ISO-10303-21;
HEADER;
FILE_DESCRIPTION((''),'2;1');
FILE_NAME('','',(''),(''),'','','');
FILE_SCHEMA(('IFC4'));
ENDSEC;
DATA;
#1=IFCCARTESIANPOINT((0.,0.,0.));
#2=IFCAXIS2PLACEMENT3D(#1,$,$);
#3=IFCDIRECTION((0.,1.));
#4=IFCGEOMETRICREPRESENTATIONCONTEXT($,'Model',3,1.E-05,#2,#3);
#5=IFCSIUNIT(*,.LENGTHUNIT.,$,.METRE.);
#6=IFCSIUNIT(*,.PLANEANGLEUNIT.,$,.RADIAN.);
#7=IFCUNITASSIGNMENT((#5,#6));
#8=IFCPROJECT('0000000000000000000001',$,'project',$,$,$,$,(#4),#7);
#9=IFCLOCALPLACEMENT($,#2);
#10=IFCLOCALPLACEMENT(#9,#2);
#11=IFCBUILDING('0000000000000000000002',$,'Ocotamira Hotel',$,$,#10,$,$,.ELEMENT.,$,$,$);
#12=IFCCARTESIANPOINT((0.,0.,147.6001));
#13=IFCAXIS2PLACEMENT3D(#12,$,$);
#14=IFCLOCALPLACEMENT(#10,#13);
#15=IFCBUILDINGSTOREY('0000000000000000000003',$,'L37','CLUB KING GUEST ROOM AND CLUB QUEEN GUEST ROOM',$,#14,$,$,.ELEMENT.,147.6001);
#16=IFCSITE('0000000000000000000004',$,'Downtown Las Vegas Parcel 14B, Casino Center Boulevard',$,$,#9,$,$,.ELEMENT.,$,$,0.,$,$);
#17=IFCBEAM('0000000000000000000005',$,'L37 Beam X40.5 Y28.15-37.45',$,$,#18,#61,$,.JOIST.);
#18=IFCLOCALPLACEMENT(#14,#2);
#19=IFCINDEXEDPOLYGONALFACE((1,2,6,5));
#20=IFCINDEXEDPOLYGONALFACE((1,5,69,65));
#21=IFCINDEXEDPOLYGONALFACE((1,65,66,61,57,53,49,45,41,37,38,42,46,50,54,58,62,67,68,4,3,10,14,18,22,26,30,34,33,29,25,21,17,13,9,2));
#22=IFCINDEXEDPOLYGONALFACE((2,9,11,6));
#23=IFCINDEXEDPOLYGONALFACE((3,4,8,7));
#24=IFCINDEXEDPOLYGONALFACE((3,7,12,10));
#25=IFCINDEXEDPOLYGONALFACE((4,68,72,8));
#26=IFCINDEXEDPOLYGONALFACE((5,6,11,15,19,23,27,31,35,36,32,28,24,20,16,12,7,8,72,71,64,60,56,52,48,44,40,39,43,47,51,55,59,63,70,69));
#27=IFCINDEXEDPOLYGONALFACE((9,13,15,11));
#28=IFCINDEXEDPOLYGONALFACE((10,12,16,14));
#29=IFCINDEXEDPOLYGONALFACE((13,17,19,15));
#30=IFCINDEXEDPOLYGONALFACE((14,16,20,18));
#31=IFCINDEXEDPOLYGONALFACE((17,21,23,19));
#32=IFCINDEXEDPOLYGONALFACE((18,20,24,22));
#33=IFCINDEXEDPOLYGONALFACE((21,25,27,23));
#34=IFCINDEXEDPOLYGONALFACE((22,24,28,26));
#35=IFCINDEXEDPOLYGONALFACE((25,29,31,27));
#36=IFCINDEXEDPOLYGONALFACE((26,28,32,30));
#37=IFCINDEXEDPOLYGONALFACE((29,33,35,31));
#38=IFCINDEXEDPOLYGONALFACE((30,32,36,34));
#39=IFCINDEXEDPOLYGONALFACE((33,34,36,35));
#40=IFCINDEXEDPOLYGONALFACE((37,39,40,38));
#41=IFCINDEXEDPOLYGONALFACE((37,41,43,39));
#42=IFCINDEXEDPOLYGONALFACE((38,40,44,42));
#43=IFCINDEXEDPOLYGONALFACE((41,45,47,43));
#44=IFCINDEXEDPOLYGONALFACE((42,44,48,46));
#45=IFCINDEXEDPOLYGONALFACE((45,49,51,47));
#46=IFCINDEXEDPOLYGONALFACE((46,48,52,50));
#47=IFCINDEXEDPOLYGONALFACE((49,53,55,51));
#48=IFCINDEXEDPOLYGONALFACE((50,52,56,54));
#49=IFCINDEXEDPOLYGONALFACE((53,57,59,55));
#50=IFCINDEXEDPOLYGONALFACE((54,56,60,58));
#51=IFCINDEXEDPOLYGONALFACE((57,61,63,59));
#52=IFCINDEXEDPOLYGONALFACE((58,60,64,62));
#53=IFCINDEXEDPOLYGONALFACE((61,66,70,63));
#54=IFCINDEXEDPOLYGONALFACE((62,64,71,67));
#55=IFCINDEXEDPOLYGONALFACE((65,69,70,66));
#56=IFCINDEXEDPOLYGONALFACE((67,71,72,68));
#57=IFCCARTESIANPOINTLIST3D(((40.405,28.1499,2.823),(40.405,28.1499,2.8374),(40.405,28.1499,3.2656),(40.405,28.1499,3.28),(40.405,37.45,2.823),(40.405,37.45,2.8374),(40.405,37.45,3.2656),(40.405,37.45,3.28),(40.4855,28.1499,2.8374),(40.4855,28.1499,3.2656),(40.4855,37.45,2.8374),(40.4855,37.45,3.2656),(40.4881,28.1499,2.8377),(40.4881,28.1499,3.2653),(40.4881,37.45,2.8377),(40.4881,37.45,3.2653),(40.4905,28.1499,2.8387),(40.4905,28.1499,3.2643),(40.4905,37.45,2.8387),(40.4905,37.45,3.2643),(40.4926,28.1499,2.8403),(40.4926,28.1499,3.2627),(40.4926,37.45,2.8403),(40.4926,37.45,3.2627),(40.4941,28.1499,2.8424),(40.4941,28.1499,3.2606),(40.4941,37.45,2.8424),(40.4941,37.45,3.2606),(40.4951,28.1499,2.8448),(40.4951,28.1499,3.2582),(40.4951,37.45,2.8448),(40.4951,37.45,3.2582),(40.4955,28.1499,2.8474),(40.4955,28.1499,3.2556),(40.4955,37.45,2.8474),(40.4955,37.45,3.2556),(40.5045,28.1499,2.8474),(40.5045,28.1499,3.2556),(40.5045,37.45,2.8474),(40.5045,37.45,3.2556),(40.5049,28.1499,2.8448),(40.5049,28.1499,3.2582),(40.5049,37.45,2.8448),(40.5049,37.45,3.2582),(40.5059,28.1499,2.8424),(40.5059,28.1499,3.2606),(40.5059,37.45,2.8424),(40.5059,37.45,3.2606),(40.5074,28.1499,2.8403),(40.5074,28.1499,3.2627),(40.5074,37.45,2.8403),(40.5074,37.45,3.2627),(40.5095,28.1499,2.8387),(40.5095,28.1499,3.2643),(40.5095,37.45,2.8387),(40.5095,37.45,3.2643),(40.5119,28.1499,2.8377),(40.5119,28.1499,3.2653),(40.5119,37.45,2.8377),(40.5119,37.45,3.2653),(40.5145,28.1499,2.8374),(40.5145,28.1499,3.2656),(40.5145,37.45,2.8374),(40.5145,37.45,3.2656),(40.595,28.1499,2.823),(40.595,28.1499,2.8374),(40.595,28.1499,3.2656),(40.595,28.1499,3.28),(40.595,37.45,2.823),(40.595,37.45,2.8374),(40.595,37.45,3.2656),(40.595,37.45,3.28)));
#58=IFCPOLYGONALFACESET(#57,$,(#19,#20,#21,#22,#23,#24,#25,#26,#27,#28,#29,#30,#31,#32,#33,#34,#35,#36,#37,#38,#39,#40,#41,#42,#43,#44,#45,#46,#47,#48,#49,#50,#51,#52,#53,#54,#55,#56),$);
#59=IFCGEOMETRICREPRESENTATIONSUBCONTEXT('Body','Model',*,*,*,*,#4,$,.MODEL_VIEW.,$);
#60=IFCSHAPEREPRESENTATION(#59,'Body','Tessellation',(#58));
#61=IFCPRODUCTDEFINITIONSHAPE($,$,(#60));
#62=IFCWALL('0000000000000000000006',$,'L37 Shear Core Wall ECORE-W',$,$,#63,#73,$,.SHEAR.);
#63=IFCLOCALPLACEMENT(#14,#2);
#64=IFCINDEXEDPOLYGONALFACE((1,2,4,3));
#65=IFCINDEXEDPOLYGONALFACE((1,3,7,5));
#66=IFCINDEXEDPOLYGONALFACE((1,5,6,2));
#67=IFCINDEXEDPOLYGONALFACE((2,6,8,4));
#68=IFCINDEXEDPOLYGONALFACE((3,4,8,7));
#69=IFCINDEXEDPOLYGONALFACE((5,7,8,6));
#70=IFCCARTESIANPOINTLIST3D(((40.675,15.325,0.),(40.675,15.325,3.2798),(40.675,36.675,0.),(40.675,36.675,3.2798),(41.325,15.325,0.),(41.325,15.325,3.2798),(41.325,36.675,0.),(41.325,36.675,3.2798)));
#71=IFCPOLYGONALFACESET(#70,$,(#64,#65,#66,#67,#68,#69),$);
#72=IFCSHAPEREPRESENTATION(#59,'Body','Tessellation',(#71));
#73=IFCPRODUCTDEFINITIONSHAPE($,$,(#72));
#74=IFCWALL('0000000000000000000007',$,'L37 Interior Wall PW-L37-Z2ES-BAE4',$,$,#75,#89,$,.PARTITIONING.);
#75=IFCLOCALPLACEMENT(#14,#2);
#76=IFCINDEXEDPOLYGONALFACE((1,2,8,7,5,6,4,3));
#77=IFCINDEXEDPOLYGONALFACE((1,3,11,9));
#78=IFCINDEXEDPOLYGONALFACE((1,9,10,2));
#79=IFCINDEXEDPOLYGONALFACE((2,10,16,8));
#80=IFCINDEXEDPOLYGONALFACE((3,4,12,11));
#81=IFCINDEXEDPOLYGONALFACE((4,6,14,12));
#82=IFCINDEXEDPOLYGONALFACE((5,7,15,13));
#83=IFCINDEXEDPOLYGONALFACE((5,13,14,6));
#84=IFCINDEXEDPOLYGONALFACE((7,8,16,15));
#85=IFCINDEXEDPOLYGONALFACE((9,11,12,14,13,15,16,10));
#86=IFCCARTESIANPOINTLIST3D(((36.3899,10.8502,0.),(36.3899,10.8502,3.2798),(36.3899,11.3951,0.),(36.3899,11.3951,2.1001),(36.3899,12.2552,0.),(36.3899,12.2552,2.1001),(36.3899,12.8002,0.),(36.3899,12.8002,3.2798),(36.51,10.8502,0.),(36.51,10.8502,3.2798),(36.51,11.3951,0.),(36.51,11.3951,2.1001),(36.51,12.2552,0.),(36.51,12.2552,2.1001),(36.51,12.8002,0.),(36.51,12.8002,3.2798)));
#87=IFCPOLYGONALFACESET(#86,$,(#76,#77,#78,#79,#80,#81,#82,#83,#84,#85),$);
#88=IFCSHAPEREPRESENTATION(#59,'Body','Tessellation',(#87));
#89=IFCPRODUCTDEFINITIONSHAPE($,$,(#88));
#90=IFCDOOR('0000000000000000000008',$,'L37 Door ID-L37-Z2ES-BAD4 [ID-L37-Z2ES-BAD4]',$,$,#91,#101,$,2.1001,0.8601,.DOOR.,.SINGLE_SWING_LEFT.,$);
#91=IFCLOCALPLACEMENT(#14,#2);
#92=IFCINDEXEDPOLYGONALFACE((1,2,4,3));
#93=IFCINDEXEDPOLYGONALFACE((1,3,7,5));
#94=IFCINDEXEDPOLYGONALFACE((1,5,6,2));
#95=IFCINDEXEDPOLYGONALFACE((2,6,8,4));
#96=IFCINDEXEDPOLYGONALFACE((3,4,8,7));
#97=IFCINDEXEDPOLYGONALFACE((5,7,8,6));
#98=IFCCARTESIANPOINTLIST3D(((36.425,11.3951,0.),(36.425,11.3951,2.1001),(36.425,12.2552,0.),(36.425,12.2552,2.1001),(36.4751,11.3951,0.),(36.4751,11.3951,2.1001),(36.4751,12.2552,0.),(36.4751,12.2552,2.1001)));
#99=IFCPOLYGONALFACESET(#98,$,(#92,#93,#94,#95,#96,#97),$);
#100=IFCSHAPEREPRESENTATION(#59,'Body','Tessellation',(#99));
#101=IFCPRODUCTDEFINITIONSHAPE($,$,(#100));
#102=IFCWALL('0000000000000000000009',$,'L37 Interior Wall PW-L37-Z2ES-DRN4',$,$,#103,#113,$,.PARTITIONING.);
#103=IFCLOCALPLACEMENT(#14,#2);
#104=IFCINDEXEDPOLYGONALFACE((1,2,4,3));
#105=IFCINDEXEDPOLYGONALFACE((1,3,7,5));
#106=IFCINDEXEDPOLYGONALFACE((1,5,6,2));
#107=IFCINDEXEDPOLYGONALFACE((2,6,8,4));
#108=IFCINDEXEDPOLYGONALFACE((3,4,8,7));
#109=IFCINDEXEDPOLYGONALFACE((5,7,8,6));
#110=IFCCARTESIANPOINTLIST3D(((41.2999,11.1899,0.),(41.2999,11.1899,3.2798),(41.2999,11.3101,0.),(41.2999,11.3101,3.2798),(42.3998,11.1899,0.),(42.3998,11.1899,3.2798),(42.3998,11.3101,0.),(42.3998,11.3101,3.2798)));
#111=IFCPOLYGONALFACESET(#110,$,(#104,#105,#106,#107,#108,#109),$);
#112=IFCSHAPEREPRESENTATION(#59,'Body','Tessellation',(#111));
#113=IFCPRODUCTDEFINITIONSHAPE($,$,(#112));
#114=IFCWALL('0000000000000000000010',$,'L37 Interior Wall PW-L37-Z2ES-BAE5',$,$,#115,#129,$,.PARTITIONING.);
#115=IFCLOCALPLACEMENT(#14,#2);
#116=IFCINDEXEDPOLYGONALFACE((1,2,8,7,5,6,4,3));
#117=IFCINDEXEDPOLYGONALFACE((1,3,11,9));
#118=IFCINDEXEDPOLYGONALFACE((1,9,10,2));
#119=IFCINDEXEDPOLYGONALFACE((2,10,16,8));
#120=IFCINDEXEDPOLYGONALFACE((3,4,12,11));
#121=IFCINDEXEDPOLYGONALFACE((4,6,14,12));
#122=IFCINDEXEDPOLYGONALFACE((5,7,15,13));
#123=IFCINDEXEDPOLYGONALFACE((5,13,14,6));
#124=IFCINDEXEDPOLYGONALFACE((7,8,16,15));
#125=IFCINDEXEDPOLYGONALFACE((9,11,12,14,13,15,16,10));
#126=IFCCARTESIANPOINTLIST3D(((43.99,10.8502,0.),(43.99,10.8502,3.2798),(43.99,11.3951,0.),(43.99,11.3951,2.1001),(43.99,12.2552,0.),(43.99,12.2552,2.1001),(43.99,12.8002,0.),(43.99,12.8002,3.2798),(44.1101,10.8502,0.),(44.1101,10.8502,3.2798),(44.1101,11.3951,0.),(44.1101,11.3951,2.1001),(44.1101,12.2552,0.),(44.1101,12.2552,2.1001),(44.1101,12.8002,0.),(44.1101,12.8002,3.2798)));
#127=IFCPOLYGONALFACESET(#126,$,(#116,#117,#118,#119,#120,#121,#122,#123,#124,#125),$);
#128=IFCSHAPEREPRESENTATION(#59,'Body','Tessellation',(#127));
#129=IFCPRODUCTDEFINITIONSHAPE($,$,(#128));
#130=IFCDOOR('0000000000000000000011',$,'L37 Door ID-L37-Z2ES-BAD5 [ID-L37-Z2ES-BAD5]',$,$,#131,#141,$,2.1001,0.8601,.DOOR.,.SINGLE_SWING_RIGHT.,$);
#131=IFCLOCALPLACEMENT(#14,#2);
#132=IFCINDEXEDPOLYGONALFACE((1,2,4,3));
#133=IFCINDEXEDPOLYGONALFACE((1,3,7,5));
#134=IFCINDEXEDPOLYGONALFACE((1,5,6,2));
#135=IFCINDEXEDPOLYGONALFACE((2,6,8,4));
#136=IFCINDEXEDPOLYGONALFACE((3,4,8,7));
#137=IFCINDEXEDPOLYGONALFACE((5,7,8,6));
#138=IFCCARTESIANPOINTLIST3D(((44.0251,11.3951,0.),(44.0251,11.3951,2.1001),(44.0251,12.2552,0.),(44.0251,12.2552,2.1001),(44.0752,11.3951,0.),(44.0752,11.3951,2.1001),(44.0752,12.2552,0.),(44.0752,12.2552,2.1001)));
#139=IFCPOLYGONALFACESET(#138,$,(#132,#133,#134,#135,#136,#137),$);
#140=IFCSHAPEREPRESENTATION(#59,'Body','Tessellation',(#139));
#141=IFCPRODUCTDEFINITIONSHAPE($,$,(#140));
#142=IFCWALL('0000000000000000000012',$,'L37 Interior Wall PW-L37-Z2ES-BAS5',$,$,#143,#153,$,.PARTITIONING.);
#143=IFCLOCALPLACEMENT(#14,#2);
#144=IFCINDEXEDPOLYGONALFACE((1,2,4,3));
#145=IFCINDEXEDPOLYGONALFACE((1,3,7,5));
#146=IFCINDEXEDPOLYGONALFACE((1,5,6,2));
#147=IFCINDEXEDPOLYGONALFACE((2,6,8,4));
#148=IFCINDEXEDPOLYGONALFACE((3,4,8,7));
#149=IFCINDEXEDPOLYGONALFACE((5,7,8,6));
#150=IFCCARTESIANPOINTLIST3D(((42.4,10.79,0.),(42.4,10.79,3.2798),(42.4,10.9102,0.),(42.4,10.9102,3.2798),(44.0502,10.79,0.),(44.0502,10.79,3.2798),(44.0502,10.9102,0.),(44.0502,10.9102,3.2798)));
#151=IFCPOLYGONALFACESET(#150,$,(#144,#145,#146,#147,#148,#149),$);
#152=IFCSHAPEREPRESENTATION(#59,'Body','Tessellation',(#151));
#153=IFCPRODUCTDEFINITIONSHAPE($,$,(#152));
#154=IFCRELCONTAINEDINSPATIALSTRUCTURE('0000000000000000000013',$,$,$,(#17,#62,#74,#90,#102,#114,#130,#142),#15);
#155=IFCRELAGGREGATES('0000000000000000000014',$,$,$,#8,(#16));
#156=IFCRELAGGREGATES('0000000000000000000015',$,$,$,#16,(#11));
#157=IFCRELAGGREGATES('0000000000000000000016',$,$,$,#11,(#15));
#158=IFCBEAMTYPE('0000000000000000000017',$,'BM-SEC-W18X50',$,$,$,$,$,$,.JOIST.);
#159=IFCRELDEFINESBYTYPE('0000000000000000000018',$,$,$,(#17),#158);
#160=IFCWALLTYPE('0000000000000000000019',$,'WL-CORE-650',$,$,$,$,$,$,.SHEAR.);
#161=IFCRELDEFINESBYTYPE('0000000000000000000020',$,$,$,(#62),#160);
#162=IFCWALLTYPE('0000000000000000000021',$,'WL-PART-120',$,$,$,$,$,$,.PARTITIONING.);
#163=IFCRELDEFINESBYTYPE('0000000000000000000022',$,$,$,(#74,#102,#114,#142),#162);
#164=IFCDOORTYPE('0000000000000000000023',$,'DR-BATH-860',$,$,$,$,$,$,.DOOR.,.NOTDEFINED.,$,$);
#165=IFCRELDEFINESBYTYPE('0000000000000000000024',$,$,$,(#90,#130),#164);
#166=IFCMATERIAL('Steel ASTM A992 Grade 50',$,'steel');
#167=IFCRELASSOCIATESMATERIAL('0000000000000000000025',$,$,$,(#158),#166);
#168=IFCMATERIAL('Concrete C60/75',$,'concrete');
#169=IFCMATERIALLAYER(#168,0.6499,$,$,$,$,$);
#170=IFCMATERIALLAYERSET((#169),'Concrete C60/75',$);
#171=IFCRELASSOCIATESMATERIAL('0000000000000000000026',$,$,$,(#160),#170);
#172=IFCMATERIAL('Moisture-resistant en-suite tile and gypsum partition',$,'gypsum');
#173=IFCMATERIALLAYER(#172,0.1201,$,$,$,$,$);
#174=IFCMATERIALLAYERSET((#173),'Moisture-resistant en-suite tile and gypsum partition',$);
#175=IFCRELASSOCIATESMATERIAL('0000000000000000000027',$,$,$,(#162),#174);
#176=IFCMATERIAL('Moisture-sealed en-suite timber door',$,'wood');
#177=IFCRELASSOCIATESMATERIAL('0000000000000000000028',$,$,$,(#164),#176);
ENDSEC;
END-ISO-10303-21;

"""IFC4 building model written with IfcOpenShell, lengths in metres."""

from ifc_helpers import new_model, si_unit, direction, frame, frame_2d, origin, origin_2d, place, context, subcontext, project, spatial, rectangle, i_section, extrude, source, transform, mapped, material, layer, layer_set, material_profile, profile_set, type_object, element, fill, save


model = new_model("IFC4")

# Units and contexts
model_context = context("Model", 3, precision=1e-05, world=origin(), true_north=direction((0.0, 1.0)))
body_context = subcontext(model_context, "Body", "Model", "MODEL_VIEW")
ifc_project = project(units=[si_unit("LENGTHUNIT", "METRE"), si_unit("PLANEANGLEUNIT", "RADIAN")], contexts=[model_context])

# Site, building, storey
site_placement = place(None, origin())
site = spatial("IfcSite", under=ifc_project, at=site_placement, Name="Downtown Las Vegas Parcel 14B, Casino Center Boulevard", CompositionType="ELEMENT", RefElevation=0.0)
building_placement = place(site_placement, origin())
building = spatial("IfcBuilding", under=site, at=building_placement, Name="Ocotamira Hotel", CompositionType="ELEMENT")
storey_placement = place(building_placement, frame((0.0, 0.0, 147.6001)))
storey = spatial("IfcBuildingStorey", under=building, at=storey_placement, Name="L37", Description="CLUB KING GUEST ROOM AND CLUB QUEEN GUEST ROOM", CompositionType="ELEMENT", Elevation=147.6001)

# Beam
ifc_material_1 = material(Name="Steel ASTM A992 Grade 50", Category="steel")
ifc_material_profile_1 = material_profile(ifc_material_1, i_section(OverallWidth=0.1899, OverallDepth=0.457, WebThickness=0.009, FlangeThickness=0.0144, FilletRadius=0.01, at=origin_2d()), Name="W18X50")
ifc_profile_set_1 = profile_set([ifc_material_profile_1], Name="Steel ASTM A992 Grade 50")
beam_type_1 = type_object("IfcBeamType", Name="BM-SEC-W18X50", PredefinedType="JOIST", material=ifc_profile_set_1)
shared_shape_1 = source(origin(), body_context, "Body", "SweptSolid", [
    extrude(i_section(OverallWidth=0.1899, OverallDepth=0.457, WebThickness=0.009, FlangeThickness=0.0144, FilletRadius=0.01, at=origin_2d()), origin(), (0.0, 0.0, 1.0), 9.3),
])
beam_1_placement = place(storey_placement, frame((40.5, 28.1499, 3.0515), z_axis=(0.0, 1.0, 0.0), x_axis=(-1.0, 0.0, 0.0)))
element("IfcBeam", 1, at=beam_1_placement, inside=storey, type_object=beam_type_1, Name="L37 Beam X40.5 Y28.15-37.45", PredefinedType="JOIST", context=body_context, shape_type="MappedRepresentation", body=[
    mapped(shared_shape_1, transform((0.0, 0.0, 0.0), scale=1.0)),
])

# Shared definitions
ifc_material_2 = material(Name="Concrete C60/75", Category="concrete")
ifc_layer_1 = layer(ifc_material_2, 0.6499)
ifc_layer_set_1 = layer_set([ifc_layer_1], Name="Concrete C60/75")
wall_type_1 = type_object("IfcWallType", Name="WL-CORE-650", PredefinedType="SHEAR", material=ifc_layer_set_1)

# Wall
wall_1_placement = place(storey_placement, frame((41.0, 15.325, 0.0), z_axis=(0.0, 0.0, 1.0), x_axis=(0.0, 1.0, 0.0)))
element("IfcWall", 2, at=wall_1_placement, inside=storey, type_object=wall_type_1, Name="L37 Shear Core Wall ECORE-W", PredefinedType="SHEAR", context=body_context, shape_type="SweptSolid", body=[
    extrude(rectangle(XDim=21.3501, YDim=0.6499, at=frame_2d((10.675, 0.0))), origin(), (0.0, 0.0, 1.0), 3.2798),
])

# Wall, opening, door
ifc_material_3 = material(Name="Moisture-resistant en-suite tile and gypsum partition", Category="gypsum")
ifc_layer_2 = layer(ifc_material_3, 0.1201)
ifc_layer_set_2 = layer_set([ifc_layer_2], Name="Moisture-resistant en-suite tile and gypsum partition")
wall_type_2 = type_object("IfcWallType", Name="WL-PART-120", PredefinedType="PARTITIONING", material=ifc_layer_set_2)
wall_2_placement = place(storey_placement, frame((36.45, 10.8501, 0.0), z_axis=(0.0, 0.0, 1.0), x_axis=(0.0, 1.0, 0.0)))
wall_2 = element("IfcWall", 3, at=wall_2_placement, inside=storey, type_object=wall_type_2, Name="L37 Interior Wall PW-L37-Z2ES-BAE4", PredefinedType="PARTITIONING", context=body_context, shape_type="SweptSolid", body=[
    extrude(rectangle(XDim=1.95, YDim=0.1201, at=frame_2d((0.9751, 0.0))), origin(), (0.0, 0.0, 1.0), 3.2798),
])
opening_1_placement = place(wall_2_placement, frame((0.5449, 0.0, 0.0)))
opening_1 = element("IfcOpeningElement", 4, at=opening_1_placement, cuts=wall_2, PredefinedType="OPENING", context=body_context, shape_type="SweptSolid", body=[
    extrude(rectangle(XDim=0.8601, YDim=2.1001, at=frame_2d((0.4302, 1.05))), frame((0.0, 0.0701, 0.0), z_axis=(0.0, -1.0, 0.0), x_axis=(1.0, 0.0, 0.0)), (0.0, 0.0, 1.0), 0.1401),
])
ifc_material_4 = material(Name="Moisture-sealed en-suite timber door", Category="wood")
door_type_1 = type_object("IfcDoorType", Name="DR-BATH-860", OperationType="NOTDEFINED", PredefinedType="DOOR", material=ifc_material_4)
shared_shape_2 = source(origin(), body_context, "Body", "SweptSolid", [
    extrude(rectangle(XDim=0.8601, YDim=2.1001, at=frame_2d((0.4302, 1.05))), frame((0.0, 0.0249, 0.0), z_axis=(0.0, -1.0, 0.0), x_axis=(1.0, 0.0, 0.0)), (0.0, 0.0, 1.0), 0.05),
])
door_1_placement = place(opening_1_placement, origin())
door_1 = element("IfcDoor", 5, at=door_1_placement, inside=storey, type_object=door_type_1, Name="L37 Door ID-L37-Z2ES-BAD4 [ID-L37-Z2ES-BAD4]", OperationType="SINGLE_SWING_LEFT", OverallHeight=2.1001, OverallWidth=0.8601, PredefinedType="DOOR", context=body_context, shape_type="MappedRepresentation", body=[
    mapped(shared_shape_2, transform((0.0, 0.0, 0.0), scale=1.0)),
])
fill(opening_1, door_1)

# Wall
wall_3_placement = place(storey_placement, frame((41.3, 11.25, 0.0), z_axis=(0.0, 0.0, 1.0), x_axis=(1.0, 0.0, 0.0)))
element("IfcWall", 6, at=wall_3_placement, inside=storey, type_object=wall_type_2, Name="L37 Interior Wall PW-L37-Z2ES-DRN4", PredefinedType="PARTITIONING", context=body_context, shape_type="SweptSolid", body=[
    extrude(rectangle(XDim=1.0999, YDim=0.1201, at=frame_2d((0.5498, 0.0))), origin(), (0.0, 0.0, 1.0), 3.2798),
])

# Wall, opening, door
wall_4_placement = place(storey_placement, frame((44.05, 10.8501, 0.0), z_axis=(0.0, 0.0, 1.0), x_axis=(0.0, 1.0, 0.0)))
wall_4 = element("IfcWall", 7, at=wall_4_placement, inside=storey, type_object=wall_type_2, Name="L37 Interior Wall PW-L37-Z2ES-BAE5", PredefinedType="PARTITIONING", context=body_context, shape_type="SweptSolid", body=[
    extrude(rectangle(XDim=1.95, YDim=0.1201, at=frame_2d((0.9751, 0.0))), origin(), (0.0, 0.0, 1.0), 3.2798),
])
opening_2_placement = place(wall_4_placement, frame((0.5449, 0.0, 0.0)))
opening_2 = element("IfcOpeningElement", 8, at=opening_2_placement, cuts=wall_4, PredefinedType="OPENING", context=body_context, shape_type="SweptSolid", body=[
    extrude(rectangle(XDim=0.8601, YDim=2.1001, at=frame_2d((0.4302, 1.05))), frame((0.0, 0.0701, 0.0), z_axis=(0.0, -1.0, 0.0), x_axis=(1.0, 0.0, 0.0)), (0.0, 0.0, 1.0), 0.1401),
])
door_2_placement = place(opening_2_placement, origin())
door_2 = element("IfcDoor", 9, at=door_2_placement, inside=storey, type_object=door_type_1, Name="L37 Door ID-L37-Z2ES-BAD5 [ID-L37-Z2ES-BAD5]", OperationType="SINGLE_SWING_RIGHT", OverallHeight=2.1001, OverallWidth=0.8601, PredefinedType="DOOR", context=body_context, shape_type="MappedRepresentation", body=[
    mapped(shared_shape_2, transform((0.0, 0.0, 0.0), scale=1.0)),
])
fill(opening_2, door_2)

# Wall
wall_5_placement = place(storey_placement, frame((42.3999, 10.8501, 0.0), z_axis=(0.0, 0.0, 1.0), x_axis=(1.0, 0.0, 0.0)))
element("IfcWall", 10, at=wall_5_placement, inside=storey, type_object=wall_type_2, Name="L37 Interior Wall PW-L37-Z2ES-BAS5", PredefinedType="PARTITIONING", context=body_context, shape_type="SweptSolid", body=[
    extrude(rectangle(XDim=1.6501, YDim=0.1201, at=frame_2d((0.8252, 0.0))), origin(), (0.0, 0.0, 1.0), 3.2798),
])

save(model, "model.ifc")
